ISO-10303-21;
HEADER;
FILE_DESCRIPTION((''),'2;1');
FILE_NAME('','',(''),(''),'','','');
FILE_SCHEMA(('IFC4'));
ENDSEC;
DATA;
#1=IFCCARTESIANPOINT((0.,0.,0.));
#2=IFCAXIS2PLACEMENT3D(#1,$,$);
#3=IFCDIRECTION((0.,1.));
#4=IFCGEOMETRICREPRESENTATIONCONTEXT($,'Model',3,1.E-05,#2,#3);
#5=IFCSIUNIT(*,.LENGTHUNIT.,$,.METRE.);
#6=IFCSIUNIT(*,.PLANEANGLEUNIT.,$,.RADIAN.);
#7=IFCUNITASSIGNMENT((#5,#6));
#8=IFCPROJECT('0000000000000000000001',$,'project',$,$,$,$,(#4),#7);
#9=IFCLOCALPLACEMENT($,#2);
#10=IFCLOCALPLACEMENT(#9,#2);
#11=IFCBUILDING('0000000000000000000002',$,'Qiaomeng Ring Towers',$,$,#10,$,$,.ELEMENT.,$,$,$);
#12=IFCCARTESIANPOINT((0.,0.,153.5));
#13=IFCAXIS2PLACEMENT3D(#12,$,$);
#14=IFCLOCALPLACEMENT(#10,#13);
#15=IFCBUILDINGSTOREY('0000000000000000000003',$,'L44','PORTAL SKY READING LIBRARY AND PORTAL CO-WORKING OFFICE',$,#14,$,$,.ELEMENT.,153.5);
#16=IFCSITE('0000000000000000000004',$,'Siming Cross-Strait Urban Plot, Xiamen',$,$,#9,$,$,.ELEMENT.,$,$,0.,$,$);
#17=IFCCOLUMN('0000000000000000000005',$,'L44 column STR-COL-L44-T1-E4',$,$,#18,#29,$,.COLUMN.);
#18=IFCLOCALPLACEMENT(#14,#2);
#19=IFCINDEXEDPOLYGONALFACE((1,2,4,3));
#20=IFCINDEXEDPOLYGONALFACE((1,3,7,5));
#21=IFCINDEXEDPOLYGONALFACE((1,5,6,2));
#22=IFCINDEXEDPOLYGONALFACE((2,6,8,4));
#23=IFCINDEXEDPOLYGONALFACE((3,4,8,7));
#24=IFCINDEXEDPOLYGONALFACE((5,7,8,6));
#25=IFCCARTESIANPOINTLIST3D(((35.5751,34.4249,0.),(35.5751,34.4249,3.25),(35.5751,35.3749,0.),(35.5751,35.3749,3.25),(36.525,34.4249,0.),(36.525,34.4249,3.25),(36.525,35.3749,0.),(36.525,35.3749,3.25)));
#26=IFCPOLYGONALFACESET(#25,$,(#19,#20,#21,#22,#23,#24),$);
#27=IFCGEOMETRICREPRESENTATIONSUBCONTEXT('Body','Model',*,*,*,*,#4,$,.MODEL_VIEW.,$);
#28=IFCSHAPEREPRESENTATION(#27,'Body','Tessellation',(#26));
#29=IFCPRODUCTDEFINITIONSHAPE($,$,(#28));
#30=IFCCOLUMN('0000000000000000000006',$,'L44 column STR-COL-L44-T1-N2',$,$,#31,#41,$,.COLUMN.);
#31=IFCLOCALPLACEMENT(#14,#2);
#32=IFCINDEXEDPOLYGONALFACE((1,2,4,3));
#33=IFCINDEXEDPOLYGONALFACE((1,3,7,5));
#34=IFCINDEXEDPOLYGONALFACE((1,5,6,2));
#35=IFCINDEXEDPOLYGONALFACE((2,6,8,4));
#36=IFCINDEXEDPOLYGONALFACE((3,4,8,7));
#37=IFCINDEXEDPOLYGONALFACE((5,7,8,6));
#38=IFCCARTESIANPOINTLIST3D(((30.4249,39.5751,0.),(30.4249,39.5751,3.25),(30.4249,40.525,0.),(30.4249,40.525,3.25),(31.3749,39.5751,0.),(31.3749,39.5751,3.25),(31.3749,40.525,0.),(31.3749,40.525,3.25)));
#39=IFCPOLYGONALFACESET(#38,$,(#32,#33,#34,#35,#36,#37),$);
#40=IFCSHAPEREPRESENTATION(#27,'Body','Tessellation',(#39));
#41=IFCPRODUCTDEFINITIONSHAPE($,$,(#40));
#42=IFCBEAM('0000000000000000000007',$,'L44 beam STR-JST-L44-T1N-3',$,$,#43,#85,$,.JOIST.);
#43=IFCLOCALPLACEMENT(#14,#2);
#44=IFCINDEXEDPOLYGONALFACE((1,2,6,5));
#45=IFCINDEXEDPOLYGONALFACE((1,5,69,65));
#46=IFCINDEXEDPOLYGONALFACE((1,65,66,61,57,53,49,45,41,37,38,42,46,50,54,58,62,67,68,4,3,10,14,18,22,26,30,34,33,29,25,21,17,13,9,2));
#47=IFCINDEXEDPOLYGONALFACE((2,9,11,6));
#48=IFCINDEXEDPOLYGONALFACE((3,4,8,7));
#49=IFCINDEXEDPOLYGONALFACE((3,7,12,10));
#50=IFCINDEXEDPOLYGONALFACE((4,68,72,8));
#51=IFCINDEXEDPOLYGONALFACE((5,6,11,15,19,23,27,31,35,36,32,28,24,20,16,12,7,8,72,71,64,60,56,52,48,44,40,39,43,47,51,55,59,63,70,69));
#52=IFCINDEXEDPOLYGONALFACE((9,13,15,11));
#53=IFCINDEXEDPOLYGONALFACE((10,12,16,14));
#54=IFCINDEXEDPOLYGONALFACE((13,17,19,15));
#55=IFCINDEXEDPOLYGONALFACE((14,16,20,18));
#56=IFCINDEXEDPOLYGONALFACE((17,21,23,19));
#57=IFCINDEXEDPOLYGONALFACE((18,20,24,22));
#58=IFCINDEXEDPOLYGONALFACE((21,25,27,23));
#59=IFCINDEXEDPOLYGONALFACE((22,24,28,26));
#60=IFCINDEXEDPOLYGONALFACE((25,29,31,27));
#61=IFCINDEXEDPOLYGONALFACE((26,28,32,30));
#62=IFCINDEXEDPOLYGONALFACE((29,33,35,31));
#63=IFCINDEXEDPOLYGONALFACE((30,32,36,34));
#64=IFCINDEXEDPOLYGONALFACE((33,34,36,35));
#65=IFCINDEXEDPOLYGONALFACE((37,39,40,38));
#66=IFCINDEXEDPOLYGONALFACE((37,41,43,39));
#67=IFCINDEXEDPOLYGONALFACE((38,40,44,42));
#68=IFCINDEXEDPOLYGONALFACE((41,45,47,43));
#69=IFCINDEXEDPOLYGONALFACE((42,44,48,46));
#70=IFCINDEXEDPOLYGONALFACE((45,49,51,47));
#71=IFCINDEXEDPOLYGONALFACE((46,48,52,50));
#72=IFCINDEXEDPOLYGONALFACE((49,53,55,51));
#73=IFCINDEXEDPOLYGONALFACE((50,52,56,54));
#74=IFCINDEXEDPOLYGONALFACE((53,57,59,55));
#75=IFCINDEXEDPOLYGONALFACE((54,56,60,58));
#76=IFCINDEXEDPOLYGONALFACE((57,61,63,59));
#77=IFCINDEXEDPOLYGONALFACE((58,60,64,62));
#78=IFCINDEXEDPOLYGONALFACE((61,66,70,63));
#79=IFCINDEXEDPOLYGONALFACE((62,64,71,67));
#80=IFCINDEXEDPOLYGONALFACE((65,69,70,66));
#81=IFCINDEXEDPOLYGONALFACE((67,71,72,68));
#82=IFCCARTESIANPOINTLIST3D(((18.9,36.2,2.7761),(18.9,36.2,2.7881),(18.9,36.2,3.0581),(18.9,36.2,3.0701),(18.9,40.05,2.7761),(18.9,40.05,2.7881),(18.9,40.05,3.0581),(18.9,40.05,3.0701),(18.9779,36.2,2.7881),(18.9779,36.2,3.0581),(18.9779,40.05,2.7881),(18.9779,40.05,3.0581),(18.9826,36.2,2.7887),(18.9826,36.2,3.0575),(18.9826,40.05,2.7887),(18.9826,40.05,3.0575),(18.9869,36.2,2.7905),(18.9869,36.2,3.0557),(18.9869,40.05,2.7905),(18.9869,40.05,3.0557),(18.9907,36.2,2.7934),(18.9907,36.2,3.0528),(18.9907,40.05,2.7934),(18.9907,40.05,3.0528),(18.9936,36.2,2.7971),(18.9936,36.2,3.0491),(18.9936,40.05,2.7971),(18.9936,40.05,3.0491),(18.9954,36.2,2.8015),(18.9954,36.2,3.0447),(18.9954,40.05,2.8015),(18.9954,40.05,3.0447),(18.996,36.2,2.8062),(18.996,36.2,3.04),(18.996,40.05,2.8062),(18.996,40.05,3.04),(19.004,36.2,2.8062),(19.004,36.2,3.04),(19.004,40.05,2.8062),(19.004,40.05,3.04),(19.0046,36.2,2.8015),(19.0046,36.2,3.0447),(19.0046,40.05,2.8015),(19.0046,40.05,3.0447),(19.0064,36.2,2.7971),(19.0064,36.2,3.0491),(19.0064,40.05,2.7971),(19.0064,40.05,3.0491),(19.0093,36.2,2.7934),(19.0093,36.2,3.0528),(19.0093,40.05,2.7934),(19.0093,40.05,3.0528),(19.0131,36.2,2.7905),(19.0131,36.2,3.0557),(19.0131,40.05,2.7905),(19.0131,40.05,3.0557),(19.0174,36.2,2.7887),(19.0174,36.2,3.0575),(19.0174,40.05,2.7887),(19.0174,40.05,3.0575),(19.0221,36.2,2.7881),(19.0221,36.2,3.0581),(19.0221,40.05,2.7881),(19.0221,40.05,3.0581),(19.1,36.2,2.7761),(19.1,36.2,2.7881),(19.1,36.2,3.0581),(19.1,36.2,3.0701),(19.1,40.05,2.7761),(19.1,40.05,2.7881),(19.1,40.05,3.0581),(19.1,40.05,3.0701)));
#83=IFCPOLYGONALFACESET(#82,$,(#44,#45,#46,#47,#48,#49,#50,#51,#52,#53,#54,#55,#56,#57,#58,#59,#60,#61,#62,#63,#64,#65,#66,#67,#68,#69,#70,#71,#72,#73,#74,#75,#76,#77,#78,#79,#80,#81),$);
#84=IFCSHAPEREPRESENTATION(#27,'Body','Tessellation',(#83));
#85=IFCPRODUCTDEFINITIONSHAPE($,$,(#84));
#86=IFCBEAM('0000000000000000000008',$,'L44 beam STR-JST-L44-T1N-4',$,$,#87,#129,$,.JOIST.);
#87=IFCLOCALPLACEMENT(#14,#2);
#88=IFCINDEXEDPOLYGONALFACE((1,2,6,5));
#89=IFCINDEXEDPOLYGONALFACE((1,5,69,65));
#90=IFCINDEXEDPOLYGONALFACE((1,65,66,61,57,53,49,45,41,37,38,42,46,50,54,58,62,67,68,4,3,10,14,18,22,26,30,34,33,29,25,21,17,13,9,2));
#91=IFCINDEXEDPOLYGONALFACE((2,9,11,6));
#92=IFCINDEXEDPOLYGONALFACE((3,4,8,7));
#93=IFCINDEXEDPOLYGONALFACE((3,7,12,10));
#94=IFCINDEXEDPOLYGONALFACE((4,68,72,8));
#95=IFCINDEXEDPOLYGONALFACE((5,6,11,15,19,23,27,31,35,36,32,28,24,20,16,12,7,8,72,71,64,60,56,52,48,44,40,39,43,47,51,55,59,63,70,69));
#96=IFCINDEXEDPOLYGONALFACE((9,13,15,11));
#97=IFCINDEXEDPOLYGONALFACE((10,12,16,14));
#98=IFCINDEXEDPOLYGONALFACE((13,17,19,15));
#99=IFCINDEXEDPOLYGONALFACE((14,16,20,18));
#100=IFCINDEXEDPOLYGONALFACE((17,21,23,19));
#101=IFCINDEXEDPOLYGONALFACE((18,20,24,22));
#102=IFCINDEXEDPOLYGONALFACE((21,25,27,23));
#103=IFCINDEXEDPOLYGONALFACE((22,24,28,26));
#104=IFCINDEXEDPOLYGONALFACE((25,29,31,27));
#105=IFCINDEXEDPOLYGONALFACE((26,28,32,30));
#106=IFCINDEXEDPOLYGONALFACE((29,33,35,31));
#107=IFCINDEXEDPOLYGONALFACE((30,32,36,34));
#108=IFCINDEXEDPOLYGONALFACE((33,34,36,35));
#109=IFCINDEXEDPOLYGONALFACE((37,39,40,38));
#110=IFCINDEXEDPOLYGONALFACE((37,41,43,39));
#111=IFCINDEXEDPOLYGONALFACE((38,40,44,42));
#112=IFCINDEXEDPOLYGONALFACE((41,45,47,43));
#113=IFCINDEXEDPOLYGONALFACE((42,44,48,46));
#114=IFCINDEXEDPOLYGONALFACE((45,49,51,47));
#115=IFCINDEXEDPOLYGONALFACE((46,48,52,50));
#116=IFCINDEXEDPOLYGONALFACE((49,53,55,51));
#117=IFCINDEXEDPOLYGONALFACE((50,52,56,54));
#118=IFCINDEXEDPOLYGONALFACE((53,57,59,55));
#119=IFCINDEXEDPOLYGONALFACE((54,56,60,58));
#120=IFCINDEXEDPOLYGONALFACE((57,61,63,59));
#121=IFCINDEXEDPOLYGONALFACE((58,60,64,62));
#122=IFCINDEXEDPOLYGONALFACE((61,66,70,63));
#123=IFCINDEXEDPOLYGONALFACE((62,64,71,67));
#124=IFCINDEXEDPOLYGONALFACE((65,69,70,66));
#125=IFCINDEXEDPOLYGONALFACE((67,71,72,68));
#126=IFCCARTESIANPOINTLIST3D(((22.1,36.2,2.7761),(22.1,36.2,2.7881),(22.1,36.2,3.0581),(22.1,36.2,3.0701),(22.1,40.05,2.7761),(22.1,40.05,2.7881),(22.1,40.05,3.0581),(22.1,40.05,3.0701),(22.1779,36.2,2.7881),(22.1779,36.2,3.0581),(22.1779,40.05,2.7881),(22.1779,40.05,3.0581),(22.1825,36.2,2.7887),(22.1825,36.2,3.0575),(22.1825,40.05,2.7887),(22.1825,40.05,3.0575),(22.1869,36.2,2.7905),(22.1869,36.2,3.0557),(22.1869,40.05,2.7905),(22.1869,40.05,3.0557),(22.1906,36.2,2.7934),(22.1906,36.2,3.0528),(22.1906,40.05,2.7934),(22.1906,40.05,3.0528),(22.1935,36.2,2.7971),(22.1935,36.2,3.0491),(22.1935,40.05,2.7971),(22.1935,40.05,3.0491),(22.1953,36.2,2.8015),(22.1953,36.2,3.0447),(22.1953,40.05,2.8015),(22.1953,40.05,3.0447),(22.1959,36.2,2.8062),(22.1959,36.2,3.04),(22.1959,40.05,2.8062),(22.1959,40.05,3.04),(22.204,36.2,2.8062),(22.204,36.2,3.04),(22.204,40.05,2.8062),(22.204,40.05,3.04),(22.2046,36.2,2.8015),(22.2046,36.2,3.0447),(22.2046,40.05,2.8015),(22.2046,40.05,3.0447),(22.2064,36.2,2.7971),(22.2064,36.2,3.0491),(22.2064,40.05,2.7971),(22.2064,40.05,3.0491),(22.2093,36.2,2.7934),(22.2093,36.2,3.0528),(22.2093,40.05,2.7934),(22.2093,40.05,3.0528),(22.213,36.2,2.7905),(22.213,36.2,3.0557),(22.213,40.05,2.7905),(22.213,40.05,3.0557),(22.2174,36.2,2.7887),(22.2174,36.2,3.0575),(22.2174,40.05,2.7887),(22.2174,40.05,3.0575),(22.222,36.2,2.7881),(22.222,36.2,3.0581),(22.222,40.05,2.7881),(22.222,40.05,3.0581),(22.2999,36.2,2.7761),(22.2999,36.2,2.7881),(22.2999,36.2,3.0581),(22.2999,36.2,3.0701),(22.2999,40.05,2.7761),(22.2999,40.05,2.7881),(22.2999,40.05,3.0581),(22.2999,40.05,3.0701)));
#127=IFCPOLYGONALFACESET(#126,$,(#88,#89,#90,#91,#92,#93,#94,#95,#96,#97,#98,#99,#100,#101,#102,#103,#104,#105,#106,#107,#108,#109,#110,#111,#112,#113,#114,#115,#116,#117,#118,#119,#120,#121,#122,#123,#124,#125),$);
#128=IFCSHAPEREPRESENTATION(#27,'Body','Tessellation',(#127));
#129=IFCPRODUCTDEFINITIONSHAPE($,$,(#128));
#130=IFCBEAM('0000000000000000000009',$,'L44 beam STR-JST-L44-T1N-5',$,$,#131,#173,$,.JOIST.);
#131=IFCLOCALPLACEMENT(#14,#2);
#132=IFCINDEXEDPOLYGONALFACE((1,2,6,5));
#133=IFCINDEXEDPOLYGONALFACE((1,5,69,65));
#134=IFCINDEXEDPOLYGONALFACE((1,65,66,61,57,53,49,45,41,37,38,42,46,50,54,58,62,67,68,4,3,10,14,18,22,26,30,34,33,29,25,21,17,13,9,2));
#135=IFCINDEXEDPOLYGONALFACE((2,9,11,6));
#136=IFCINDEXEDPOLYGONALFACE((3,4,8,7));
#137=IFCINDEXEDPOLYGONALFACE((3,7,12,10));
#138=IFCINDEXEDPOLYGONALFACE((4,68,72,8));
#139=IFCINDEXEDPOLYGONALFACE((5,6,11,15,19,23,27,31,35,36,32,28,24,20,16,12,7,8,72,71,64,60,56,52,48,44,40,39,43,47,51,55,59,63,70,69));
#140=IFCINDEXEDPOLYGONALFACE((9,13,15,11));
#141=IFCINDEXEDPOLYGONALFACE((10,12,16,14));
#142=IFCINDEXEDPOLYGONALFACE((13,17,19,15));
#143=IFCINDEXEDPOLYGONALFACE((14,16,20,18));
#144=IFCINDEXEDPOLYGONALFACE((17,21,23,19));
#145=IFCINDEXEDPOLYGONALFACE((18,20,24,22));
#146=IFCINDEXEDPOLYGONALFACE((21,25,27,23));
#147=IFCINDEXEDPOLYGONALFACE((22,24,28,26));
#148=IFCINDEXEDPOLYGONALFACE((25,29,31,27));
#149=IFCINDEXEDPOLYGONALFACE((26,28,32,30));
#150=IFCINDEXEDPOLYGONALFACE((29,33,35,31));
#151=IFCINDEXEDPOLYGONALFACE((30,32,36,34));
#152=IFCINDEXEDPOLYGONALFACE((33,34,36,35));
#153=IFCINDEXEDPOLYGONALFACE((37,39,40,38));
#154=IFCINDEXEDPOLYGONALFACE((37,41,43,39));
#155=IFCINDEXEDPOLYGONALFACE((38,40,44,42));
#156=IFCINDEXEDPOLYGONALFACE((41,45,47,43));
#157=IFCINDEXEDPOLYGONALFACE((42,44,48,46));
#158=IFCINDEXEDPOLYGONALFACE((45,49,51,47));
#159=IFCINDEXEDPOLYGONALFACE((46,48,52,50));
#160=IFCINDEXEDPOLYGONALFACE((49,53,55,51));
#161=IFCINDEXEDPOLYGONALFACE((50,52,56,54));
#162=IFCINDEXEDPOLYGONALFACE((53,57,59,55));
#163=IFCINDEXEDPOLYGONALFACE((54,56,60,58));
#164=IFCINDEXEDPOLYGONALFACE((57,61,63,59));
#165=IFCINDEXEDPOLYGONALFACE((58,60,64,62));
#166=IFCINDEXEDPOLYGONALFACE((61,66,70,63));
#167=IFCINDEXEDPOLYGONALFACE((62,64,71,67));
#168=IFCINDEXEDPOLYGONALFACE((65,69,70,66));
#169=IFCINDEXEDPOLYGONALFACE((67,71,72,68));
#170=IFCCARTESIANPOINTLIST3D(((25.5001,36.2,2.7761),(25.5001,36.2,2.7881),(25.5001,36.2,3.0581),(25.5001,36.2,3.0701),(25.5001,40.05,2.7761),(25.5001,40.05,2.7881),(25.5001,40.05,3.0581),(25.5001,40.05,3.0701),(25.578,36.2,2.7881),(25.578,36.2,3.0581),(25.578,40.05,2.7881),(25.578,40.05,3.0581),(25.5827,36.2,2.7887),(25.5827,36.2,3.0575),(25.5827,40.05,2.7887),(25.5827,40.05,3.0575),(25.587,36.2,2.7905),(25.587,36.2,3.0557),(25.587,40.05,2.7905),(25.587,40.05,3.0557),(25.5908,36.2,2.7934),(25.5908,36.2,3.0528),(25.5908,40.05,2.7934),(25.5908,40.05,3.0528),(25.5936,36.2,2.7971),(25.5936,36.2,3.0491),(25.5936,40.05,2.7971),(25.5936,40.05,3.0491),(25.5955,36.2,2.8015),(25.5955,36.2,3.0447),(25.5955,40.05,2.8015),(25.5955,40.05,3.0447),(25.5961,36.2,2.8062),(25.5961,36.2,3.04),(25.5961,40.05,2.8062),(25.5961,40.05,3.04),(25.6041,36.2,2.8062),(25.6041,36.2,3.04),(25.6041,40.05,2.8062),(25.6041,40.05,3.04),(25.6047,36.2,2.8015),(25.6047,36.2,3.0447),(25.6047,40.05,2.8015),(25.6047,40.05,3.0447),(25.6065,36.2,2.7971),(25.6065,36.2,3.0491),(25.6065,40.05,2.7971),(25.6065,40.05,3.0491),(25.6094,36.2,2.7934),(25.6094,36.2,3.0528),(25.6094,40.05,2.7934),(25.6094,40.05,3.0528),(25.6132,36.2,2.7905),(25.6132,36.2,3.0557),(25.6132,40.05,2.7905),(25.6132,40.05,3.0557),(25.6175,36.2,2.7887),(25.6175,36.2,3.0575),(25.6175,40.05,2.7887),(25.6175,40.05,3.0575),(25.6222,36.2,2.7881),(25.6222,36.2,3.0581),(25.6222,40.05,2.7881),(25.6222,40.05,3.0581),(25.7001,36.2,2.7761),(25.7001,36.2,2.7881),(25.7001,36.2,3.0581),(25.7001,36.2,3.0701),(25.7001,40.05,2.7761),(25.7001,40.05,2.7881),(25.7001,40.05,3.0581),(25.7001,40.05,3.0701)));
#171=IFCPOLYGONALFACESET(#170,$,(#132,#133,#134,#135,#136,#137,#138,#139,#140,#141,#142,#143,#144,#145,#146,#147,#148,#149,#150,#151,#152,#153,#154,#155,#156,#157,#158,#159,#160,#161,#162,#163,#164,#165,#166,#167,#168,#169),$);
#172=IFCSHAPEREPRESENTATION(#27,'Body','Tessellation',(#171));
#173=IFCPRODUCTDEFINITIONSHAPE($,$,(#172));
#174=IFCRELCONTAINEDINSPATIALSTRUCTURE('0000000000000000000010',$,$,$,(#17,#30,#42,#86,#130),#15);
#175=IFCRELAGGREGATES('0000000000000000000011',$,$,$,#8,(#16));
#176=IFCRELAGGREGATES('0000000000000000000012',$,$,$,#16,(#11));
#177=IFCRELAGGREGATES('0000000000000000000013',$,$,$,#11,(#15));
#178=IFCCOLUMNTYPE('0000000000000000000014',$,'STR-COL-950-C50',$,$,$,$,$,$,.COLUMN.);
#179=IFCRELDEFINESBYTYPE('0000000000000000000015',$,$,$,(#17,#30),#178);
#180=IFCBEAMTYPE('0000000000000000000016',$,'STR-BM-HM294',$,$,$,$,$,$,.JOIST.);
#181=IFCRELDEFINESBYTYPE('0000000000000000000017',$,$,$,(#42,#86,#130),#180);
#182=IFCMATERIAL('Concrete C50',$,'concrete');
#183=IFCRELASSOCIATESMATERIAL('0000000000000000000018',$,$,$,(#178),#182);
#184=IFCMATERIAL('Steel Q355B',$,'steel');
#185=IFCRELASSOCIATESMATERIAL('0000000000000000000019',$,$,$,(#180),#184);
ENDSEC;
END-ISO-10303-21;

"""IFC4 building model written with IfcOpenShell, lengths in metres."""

from ifc_helpers import new_model, si_unit, direction, frame, origin, origin_2d, place, context, subcontext, project, spatial, rectangle, i_section, extrude, source, transform, mapped, material, material_profile, profile_set, type_object, element, save


model = new_model("IFC4")

# Units and contexts
model_context = context("Model", 3, precision=1e-05, world=origin(), true_north=direction((0.0, 1.0)))
body_context = subcontext(model_context, "Body", "Model", "MODEL_VIEW")
ifc_project = project(units=[si_unit("LENGTHUNIT", "METRE"), si_unit("PLANEANGLEUNIT", "RADIAN")], contexts=[model_context])

# Site, building, storey
site_placement = place(None, origin())
site = spatial("IfcSite", under=ifc_project, at=site_placement, Name="Siming Cross-Strait Urban Plot, Xiamen", CompositionType="ELEMENT", RefElevation=0.0)
building_placement = place(site_placement, origin())
building = spatial("IfcBuilding", under=site, at=building_placement, Name="Qiaomeng Ring Towers", CompositionType="ELEMENT")
storey_placement = place(building_placement, frame((0.0, 0.0, 153.5)))
storey = spatial("IfcBuildingStorey", under=building, at=storey_placement, Name="L44", Description="PORTAL SKY READING LIBRARY AND PORTAL CO-WORKING OFFICE", CompositionType="ELEMENT", Elevation=153.5)

# Columns
ifc_material_1 = material(Name="Concrete C50", Category="concrete")
ifc_material_profile_1 = material_profile(ifc_material_1, rectangle(XDim=0.95, YDim=0.95, at=origin_2d()), Name="RC COL 950x950")
ifc_profile_set_1 = profile_set([ifc_material_profile_1], Name="Concrete C50")
column_type = type_object("IfcColumnType", Name="STR-COL-950-C50", PredefinedType="COLUMN", material=ifc_profile_set_1)
shared_shape_1 = source(origin(), body_context, "Body", "SweptSolid", [
    extrude(rectangle(XDim=0.95, YDim=0.95, at=origin_2d()), origin(), (0.0, 0.0, 1.0), 3.25),
])
for number, where, z_axis, x_axis, name in (
    (1, (36.05, 34.8999, 0.0), (0.0, 0.0, 1.0), (1.0, 0.0, 0.0), "L44 column STR-COL-L44-T1-E4"),
    (2, (30.8999, 40.05, 0.0), (0.0, 0.0, 1.0), (1.0, 0.0, 0.0), "L44 column STR-COL-L44-T1-N2"),
):
    element("IfcColumn", number, at=place(storey_placement, frame(where, z_axis=z_axis, x_axis=x_axis)), inside=storey, type_object=column_type, Name=name, PredefinedType="COLUMN", context=body_context, shape_type="MappedRepresentation", body=[
        mapped(shared_shape_1, transform((0.0, 0.0, 0.0), x_axis=(1.0, 0.0, 0.0), y_axis=(0.0, 1.0, 0.0), z_axis=(0.0, 0.0, 1.0), scale=1.0)),
    ])

# Beams
ifc_material_2 = material(Name="Steel Q355B", Category="steel")
ifc_material_profile_2 = material_profile(ifc_material_2, i_section(OverallWidth=0.2, OverallDepth=0.2939, WebThickness=0.0081, FlangeThickness=0.012, FilletRadius=0.0181, at=origin_2d()), Name="HM 294x200x8x12")
ifc_profile_set_2 = profile_set([ifc_material_profile_2], Name="Steel Q355B")
beam_type_1 = type_object("IfcBeamType", Name="STR-BM-HM294", PredefinedType="JOIST", material=ifc_profile_set_2)
shared_shape_2 = source(origin(), body_context, "Body", "SweptSolid", [
    extrude(i_section(OverallWidth=0.2, OverallDepth=0.2939, WebThickness=0.0081, FlangeThickness=0.012, FilletRadius=0.0181, at=origin_2d()), origin(), (0.0, 0.0, 1.0), 3.8501),
])
for number, where, z_axis, x_axis, name in (
    (3, (19.0, 36.2, 2.9231), (0.0, 1.0, 0.0), (-1.0, 0.0, 0.0), "L44 beam STR-JST-L44-T1N-3"),
    (4, (22.2, 36.2, 2.9231), (0.0, 1.0, 0.0), (-1.0, 0.0, 0.0), "L44 beam STR-JST-L44-T1N-4"),
    (5, (25.6001, 36.2, 2.9231), (0.0, 1.0, 0.0), (-1.0, 0.0, 0.0), "L44 beam STR-JST-L44-T1N-5"),
):
    element("IfcBeam", number, at=place(storey_placement, frame(where, z_axis=z_axis, x_axis=x_axis)), inside=storey, type_object=beam_type_1, Name=name, PredefinedType="JOIST", context=body_context, shape_type="MappedRepresentation", body=[
        mapped(shared_shape_2, transform((0.0, 0.0, 0.0), x_axis=(1.0, 0.0, 0.0), y_axis=(0.0, 1.0, 0.0), z_axis=(0.0, 0.0, 1.0), scale=1.0)),
    ])

save(model, "model.ifc")
